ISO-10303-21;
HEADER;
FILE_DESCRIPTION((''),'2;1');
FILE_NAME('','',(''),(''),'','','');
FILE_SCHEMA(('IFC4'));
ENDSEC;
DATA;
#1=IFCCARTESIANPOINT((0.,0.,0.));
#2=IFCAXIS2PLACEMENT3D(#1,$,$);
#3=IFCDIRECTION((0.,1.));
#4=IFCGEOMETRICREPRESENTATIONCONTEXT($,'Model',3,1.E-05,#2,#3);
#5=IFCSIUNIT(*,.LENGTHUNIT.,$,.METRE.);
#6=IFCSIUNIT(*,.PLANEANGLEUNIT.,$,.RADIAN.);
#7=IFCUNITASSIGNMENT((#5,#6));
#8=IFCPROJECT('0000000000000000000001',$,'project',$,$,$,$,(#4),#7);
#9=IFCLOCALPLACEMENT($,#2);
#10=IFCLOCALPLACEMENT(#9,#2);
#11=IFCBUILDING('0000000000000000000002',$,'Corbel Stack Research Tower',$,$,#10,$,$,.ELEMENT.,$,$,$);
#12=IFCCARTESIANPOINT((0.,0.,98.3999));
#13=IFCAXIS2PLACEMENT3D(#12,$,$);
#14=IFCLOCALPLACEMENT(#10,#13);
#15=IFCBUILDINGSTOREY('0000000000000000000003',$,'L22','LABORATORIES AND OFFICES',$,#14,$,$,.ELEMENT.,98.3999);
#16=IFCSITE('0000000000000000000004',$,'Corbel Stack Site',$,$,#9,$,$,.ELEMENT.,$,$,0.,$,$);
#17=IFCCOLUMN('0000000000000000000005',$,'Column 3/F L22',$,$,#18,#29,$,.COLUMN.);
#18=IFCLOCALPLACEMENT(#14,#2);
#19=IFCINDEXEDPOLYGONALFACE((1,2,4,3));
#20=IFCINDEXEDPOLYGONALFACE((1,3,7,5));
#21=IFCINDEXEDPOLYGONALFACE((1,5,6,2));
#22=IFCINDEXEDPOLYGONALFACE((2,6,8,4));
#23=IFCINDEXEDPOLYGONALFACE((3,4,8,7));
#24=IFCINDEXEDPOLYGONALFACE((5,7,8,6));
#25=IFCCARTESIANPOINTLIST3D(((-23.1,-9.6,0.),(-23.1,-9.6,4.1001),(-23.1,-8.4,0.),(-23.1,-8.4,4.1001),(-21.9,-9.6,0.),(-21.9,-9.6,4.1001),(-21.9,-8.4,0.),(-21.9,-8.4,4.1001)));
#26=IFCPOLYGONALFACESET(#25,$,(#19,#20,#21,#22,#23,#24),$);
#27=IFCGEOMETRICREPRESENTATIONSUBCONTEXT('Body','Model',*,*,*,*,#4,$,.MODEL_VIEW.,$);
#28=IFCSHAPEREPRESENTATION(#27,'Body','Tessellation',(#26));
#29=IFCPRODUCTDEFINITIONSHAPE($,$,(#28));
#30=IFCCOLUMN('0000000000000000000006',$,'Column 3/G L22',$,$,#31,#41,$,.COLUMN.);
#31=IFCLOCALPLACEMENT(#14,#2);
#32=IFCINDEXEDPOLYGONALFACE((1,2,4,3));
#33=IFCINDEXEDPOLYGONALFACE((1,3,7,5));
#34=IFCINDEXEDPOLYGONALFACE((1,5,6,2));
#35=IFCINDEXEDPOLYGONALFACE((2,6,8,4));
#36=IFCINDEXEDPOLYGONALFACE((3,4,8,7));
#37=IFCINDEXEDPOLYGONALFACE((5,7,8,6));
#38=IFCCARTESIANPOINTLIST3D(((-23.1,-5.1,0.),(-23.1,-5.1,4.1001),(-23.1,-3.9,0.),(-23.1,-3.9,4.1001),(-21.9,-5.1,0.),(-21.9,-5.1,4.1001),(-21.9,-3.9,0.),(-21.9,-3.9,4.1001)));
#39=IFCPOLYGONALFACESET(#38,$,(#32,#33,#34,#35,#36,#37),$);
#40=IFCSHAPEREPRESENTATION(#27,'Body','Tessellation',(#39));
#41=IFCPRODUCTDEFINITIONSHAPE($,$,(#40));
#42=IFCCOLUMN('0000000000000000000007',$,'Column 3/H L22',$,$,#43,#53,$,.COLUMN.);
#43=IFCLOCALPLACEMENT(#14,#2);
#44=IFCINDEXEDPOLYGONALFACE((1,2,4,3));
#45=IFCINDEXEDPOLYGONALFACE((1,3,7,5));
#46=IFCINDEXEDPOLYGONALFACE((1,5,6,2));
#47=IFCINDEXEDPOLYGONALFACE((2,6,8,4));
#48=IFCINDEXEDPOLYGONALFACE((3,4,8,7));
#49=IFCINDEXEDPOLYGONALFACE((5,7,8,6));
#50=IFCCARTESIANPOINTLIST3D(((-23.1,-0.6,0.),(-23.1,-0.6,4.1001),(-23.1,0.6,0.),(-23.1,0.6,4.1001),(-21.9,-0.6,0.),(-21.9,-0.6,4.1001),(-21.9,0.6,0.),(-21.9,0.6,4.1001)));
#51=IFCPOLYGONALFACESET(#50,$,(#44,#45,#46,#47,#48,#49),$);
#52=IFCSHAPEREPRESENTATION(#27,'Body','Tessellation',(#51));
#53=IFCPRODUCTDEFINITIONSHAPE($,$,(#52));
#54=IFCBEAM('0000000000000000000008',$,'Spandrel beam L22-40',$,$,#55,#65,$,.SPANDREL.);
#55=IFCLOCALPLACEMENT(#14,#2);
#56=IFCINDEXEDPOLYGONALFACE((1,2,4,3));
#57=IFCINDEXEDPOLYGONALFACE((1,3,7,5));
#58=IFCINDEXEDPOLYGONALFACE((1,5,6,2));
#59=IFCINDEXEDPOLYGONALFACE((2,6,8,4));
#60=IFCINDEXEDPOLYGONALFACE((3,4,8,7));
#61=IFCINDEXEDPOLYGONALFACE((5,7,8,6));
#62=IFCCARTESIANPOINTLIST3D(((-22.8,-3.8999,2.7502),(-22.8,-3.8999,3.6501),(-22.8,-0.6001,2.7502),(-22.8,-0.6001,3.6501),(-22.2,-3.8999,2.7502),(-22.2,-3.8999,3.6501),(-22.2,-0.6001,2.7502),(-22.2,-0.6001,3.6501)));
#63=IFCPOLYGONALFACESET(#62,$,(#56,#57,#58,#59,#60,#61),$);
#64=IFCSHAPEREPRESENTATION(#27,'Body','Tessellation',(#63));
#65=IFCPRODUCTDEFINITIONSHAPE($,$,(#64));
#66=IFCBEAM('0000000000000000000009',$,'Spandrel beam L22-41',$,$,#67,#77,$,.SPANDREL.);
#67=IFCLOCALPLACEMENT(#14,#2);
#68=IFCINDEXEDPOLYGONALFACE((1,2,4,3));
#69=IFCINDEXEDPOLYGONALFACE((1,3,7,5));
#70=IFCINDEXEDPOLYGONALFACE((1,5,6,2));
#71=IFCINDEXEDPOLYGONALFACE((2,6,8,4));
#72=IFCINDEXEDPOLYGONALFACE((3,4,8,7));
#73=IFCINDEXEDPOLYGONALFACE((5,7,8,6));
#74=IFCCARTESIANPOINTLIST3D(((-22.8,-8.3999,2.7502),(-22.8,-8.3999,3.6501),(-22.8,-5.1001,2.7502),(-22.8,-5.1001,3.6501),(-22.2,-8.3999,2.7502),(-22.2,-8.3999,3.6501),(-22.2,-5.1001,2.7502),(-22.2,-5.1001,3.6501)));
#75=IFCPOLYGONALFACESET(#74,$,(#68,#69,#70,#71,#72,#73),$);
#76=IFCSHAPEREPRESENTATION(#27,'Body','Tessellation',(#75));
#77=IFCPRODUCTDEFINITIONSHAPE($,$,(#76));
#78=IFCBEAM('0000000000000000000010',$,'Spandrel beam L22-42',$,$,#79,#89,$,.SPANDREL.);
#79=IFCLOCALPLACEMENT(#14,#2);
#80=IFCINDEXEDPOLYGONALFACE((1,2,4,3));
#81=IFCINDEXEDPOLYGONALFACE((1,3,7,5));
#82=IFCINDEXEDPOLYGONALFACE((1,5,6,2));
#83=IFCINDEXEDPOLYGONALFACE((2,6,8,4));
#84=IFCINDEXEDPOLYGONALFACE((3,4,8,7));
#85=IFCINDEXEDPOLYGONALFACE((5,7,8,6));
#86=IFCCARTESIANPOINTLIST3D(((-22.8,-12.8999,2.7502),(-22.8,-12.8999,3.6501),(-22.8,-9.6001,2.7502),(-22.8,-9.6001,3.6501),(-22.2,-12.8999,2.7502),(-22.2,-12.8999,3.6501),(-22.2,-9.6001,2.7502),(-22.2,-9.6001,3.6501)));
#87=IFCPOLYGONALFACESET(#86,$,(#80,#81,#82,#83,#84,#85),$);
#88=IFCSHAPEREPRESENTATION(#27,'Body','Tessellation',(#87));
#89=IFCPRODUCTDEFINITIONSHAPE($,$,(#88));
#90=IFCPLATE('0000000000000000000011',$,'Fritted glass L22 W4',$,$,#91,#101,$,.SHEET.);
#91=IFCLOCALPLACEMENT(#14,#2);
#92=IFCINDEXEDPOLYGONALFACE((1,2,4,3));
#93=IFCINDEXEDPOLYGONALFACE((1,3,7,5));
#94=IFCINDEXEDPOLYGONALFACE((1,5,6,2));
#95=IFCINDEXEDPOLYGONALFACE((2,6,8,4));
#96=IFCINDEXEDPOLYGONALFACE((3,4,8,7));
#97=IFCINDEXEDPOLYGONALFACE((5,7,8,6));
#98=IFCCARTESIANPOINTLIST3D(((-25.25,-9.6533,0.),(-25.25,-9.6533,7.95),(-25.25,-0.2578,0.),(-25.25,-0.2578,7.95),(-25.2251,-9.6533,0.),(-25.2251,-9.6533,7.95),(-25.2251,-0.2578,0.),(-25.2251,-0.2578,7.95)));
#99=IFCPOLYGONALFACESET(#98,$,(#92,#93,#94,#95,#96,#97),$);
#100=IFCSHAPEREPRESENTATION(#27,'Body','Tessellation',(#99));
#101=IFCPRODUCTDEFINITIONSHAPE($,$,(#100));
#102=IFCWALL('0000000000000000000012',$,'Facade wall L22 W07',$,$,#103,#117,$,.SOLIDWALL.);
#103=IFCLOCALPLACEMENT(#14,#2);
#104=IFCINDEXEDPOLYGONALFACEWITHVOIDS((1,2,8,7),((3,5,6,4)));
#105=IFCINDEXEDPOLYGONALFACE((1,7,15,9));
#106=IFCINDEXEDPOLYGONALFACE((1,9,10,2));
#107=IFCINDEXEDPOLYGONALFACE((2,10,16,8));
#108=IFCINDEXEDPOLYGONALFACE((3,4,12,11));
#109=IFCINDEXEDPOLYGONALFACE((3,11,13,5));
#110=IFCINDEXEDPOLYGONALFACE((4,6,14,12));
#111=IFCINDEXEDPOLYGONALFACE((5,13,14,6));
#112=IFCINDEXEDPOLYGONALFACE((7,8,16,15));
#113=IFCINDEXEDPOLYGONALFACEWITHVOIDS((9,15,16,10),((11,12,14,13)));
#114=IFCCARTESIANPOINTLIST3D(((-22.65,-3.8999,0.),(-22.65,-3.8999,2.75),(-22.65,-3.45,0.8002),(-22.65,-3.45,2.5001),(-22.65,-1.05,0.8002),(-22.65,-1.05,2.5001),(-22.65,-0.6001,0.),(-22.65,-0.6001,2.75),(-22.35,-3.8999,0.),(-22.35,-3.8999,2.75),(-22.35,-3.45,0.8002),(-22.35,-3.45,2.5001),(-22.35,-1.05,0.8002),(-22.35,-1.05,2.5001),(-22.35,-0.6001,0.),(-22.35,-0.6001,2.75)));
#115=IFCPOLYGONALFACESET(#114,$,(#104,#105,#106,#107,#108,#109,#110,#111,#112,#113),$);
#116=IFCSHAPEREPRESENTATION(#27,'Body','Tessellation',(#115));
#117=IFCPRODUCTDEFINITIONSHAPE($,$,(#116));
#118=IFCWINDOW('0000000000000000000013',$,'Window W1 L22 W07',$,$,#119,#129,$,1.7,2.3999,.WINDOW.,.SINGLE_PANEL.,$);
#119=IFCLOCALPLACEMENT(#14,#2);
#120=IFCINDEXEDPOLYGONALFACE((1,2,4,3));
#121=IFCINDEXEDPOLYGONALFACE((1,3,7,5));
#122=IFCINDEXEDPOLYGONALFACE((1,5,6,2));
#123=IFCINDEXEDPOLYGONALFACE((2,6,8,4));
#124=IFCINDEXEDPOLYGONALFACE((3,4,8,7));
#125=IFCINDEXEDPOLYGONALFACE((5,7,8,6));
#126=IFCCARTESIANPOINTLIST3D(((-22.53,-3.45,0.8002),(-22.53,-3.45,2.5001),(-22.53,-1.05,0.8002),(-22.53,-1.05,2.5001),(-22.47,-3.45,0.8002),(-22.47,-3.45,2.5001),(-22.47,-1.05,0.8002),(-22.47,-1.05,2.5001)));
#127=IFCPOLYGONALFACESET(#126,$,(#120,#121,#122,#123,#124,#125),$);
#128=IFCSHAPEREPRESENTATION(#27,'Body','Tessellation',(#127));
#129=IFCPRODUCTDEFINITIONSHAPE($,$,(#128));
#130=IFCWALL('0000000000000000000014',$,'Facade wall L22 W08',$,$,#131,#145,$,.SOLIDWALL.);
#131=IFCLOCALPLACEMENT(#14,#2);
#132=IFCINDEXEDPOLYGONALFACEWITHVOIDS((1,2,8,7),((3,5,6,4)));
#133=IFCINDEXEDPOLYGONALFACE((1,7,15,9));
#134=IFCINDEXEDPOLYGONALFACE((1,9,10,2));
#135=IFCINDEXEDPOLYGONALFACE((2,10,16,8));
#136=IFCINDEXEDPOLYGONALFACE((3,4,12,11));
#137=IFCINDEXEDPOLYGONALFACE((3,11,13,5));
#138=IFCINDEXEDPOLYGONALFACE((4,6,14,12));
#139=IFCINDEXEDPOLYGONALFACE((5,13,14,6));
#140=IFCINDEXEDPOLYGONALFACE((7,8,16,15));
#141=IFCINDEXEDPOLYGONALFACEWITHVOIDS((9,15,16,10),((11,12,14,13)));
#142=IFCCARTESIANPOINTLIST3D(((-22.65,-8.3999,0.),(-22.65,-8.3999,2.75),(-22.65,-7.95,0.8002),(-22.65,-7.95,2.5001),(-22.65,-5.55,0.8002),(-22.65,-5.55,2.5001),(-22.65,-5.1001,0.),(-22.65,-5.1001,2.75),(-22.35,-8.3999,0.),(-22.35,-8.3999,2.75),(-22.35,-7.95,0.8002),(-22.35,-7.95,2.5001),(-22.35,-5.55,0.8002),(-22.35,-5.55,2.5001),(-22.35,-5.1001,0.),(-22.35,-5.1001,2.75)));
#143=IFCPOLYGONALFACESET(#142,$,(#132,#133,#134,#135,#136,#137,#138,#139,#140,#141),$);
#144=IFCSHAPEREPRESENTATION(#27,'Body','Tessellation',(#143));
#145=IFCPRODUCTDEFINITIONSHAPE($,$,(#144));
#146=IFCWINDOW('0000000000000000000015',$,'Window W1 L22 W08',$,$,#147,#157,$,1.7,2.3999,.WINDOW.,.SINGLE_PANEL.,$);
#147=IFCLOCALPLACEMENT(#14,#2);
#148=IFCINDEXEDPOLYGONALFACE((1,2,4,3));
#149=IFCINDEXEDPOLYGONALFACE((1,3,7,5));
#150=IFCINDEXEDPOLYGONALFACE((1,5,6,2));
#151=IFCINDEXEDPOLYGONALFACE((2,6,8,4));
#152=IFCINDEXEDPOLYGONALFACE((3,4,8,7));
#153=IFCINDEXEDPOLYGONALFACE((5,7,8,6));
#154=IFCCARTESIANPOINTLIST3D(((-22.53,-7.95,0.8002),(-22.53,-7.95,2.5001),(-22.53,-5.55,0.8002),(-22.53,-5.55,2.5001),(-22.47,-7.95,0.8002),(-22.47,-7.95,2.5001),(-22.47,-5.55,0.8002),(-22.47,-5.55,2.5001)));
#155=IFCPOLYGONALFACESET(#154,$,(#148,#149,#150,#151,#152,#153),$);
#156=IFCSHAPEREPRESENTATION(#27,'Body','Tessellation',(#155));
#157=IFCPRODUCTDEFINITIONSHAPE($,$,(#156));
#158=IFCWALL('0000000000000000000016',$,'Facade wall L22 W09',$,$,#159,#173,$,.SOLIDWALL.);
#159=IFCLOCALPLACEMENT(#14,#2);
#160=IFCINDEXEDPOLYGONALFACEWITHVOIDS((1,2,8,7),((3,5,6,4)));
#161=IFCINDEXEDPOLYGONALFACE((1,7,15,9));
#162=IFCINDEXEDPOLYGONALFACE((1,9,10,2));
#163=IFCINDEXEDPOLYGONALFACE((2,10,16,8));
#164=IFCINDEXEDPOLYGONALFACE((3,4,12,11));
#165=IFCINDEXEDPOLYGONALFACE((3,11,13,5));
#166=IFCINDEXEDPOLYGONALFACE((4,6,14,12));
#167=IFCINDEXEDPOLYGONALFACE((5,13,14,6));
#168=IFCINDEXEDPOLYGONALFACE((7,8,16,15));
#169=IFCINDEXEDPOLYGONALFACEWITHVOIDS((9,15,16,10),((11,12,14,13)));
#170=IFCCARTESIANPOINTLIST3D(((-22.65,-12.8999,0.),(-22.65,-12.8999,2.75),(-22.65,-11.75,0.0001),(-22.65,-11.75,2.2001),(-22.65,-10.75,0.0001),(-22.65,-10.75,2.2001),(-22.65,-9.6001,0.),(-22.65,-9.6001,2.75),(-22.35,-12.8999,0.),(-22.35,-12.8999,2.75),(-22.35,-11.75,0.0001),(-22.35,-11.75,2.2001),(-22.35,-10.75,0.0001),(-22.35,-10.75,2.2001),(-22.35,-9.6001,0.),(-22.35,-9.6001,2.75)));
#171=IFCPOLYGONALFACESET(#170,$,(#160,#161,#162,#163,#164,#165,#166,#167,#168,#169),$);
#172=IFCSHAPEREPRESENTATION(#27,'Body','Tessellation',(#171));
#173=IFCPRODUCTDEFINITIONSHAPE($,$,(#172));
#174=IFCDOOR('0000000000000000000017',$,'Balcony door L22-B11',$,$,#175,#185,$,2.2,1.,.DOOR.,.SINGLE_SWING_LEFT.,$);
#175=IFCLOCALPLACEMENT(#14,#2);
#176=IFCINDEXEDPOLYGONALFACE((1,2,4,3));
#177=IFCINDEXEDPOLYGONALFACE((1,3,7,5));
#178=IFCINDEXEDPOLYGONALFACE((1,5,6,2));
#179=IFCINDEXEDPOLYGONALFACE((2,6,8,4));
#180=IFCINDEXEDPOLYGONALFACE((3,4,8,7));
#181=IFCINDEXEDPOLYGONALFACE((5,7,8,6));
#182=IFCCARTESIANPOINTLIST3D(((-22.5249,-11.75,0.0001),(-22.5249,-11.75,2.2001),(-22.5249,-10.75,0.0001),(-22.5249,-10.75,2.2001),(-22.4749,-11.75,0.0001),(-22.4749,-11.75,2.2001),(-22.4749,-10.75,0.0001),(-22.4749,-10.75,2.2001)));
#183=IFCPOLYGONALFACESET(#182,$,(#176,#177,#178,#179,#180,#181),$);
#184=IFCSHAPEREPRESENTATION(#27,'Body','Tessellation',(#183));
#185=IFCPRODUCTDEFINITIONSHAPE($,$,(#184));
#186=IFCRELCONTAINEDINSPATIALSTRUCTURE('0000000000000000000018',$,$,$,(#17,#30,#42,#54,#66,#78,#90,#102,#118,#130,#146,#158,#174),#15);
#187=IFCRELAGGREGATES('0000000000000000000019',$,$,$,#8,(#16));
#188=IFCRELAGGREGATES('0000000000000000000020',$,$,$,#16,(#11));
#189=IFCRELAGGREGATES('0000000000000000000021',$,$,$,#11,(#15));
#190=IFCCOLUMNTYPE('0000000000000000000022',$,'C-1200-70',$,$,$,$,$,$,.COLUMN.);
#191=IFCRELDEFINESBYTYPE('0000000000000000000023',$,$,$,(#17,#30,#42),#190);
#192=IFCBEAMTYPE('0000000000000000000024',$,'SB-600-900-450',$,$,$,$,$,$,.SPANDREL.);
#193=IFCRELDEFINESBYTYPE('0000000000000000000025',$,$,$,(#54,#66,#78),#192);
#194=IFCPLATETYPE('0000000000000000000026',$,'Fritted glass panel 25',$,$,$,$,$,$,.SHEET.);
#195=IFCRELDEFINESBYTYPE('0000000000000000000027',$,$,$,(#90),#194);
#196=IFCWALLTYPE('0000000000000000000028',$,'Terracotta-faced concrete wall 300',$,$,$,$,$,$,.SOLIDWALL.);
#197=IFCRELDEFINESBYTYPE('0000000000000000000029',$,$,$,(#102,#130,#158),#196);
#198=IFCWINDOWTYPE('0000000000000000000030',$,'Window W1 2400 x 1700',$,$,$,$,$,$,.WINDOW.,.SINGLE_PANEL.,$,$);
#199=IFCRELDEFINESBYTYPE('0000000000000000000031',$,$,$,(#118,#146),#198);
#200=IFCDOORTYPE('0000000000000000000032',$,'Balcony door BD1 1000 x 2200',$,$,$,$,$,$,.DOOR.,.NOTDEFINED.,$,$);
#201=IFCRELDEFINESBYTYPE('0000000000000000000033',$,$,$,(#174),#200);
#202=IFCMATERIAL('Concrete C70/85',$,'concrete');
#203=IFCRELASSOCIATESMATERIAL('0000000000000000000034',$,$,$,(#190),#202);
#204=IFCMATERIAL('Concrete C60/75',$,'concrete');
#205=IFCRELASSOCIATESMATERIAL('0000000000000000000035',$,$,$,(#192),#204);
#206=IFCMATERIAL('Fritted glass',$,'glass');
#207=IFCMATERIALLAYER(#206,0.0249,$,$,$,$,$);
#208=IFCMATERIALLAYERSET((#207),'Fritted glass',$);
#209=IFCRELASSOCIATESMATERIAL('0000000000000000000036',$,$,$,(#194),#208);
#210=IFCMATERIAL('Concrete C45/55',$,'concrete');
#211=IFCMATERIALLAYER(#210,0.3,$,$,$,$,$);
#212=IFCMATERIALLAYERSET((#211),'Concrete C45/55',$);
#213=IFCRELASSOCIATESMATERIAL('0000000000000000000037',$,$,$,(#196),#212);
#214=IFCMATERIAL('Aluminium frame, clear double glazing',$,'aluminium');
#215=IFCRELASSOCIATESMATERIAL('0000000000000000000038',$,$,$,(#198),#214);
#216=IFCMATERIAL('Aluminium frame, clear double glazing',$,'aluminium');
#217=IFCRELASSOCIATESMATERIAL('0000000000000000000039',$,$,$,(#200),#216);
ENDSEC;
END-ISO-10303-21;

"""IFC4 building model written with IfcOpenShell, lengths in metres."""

from ifc_helpers import new_model, si_unit, direction, frame, frame_2d, origin, origin_2d, place, context, subcontext, project, spatial, rectangle, extrude, material, layer, layer_set, material_profile, profile_set, type_object, element, fill, save


model = new_model("IFC4")

# Units and contexts
model_context = context("Model", 3, precision=1e-05, world=origin(), true_north=direction((0.0, 1.0)))
body_context = subcontext(model_context, "Body", "Model", "MODEL_VIEW")
ifc_project = project(units=[si_unit("LENGTHUNIT", "METRE"), si_unit("PLANEANGLEUNIT", "RADIAN")], contexts=[model_context])

# Site, building, storey
site_placement = place(None, origin())
site = spatial("IfcSite", under=ifc_project, at=site_placement, Name="Corbel Stack Site", CompositionType="ELEMENT", RefElevation=0.0)
building_placement = place(site_placement, origin())
building = spatial("IfcBuilding", under=site, at=building_placement, Name="Corbel Stack Research Tower", CompositionType="ELEMENT")
storey_placement = place(building_placement, frame((0.0, 0.0, 98.3999)))
storey = spatial("IfcBuildingStorey", under=building, at=storey_placement, Name="L22", Description="LABORATORIES AND OFFICES", CompositionType="ELEMENT", Elevation=98.3999)

# Columns
ifc_material_1 = material(Name="Concrete C70/85", Category="concrete")
ifc_material_profile_1 = material_profile(ifc_material_1, rectangle(XDim=1.2, YDim=1.2, at=origin_2d()), Name="RC 1200 x 1200")
ifc_profile_set_1 = profile_set([ifc_material_profile_1], Name="Concrete C70/85")
column_type = type_object("IfcColumnType", Name="C-1200-70", PredefinedType="COLUMN", material=ifc_profile_set_1)
for number, where, z_axis, x_axis, name in (
    (1, (-22.5, -9.0, 0.0), (0.0, 0.0, 1.0), (1.0, 0.0, 0.0), "Column 3/F L22"),
    (2, (-22.5, -4.5, 0.0), (0.0, 0.0, 1.0), (1.0, 0.0, 0.0), "Column 3/G L22"),
    (3, (-22.5, 0.0, 0.0), (0.0, 0.0, 1.0), (1.0, 0.0, 0.0), "Column 3/H L22"),
):
    element("IfcColumn", number, at=place(storey_placement, frame(where, z_axis=z_axis, x_axis=x_axis)), inside=storey, type_object=column_type, Name=name, PredefinedType="COLUMN", context=body_context, shape_type="SweptSolid", body=[
        extrude(rectangle(XDim=1.2, YDim=1.2, at=origin_2d()), origin(), (0.0, 0.0, 1.0), 4.1001),
    ])

# Beams
ifc_material_2 = material(Name="Concrete C60/75", Category="concrete")
ifc_material_profile_2 = material_profile(ifc_material_2, rectangle(XDim=0.6001, YDim=0.8999, at=origin_2d()), Name="RC 600 x 900")
ifc_profile_set_2 = profile_set([ifc_material_profile_2], Name="Concrete C60/75")
beam_type = type_object("IfcBeamType", Name="SB-600-900-450", PredefinedType="SPANDREL", material=ifc_profile_set_2)
for number, where, z_axis, x_axis, name in (
    (4, (-22.5, -0.6001, 3.2002), (0.0, -1.0, 0.0), (1.0, 0.0, 0.0), "Spandrel beam L22-40"),
    (5, (-22.5, -5.1001, 3.2002), (0.0, -1.0, 0.0), (1.0, 0.0, 0.0), "Spandrel beam L22-41"),
    (6, (-22.5, -9.6001, 3.2002), (0.0, -1.0, 0.0), (1.0, 0.0, 0.0), "Spandrel beam L22-42"),
):
    element("IfcBeam", number, at=place(storey_placement, frame(where, z_axis=z_axis, x_axis=x_axis)), inside=storey, type_object=beam_type, Name=name, PredefinedType="SPANDREL", context=body_context, shape_type="SweptSolid", body=[
        extrude(rectangle(XDim=0.6001, YDim=0.8999, at=origin_2d()), origin(), (0.0, 0.0, 1.0), 3.2998),
    ])

# Plate
ifc_material_3 = material(Name="Fritted glass", Category="glass")
ifc_layer_1 = layer(ifc_material_3, 0.0249)
ifc_layer_set_1 = layer_set([ifc_layer_1], Name="Fritted glass")
plate_type = type_object("IfcPlateType", Name="Fritted glass panel 25", PredefinedType="SHEET", material=ifc_layer_set_1)
plate_placement = place(storey_placement, frame((-25.2375, -4.9556, 0.0), z_axis=(0.0, 0.0, 1.0), x_axis=(0.0, -1.0, 0.0)))
element("IfcPlate", 7, at=plate_placement, inside=storey, type_object=plate_type, Name="Fritted glass L22 W4", PredefinedType="SHEET", context=body_context, shape_type="SweptSolid", body=[
    extrude(rectangle(XDim=9.3955, YDim=0.0249, at=origin_2d()), origin(), (0.0, 0.0, 1.0), 7.95),
])

# Walls, openings, windows
ifc_material_4 = material(Name="Concrete C45/55", Category="concrete")
ifc_layer_2 = layer(ifc_material_4, 0.3)
ifc_layer_set_2 = layer_set([ifc_layer_2], Name="Concrete C45/55")
wall_type = type_object("IfcWallType", Name="Terracotta-faced concrete wall 300", PredefinedType="SOLIDWALL", material=ifc_layer_set_2)
wall_1_placement = place(storey_placement, frame((-22.5, -3.8999, 0.0), z_axis=(0.0, 0.0, 1.0), x_axis=(0.0, 1.0, 0.0)))
wall_1 = element("IfcWall", 8, at=wall_1_placement, inside=storey, type_object=wall_type, Name="Facade wall L22 W07", PredefinedType="SOLIDWALL", context=body_context, shape_type="SweptSolid", body=[
    extrude(rectangle(XDim=3.2998, YDim=0.3, at=frame_2d((1.6499, 0.0))), origin(), (0.0, 0.0, 1.0), 2.75),
])
opening_1_placement = place(wall_1_placement, frame((0.45, 0.0, 0.8)))
opening_1 = element("IfcOpeningElement", 9, at=opening_1_placement, cuts=wall_1, PredefinedType="OPENING", context=body_context, shape_type="SweptSolid", body=[
    extrude(rectangle(XDim=2.3999, YDim=1.7, at=frame_2d((1.2, 0.8501))), frame((0.0, 0.1599, 0.0), z_axis=(0.0, -1.0, 0.0), x_axis=(1.0, 0.0, 0.0)), (0.0, 0.0, 1.0), 0.3201),
])
ifc_material_5 = material(Name="Aluminium frame, clear double glazing", Category="aluminium")
window_type = type_object("IfcWindowType", Name="Window W1 2400 x 1700", PartitioningType="SINGLE_PANEL", PredefinedType="WINDOW", material=ifc_material_5)
window_1_placement = place(opening_1_placement, origin())
window_1 = element("IfcWindow", 10, at=window_1_placement, inside=storey, type_object=window_type, Name="Window W1 L22 W07", OverallHeight=1.7, OverallWidth=2.3999, PartitioningType="SINGLE_PANEL", PredefinedType="WINDOW", context=body_context, shape_type="SweptSolid", body=[
    extrude(rectangle(XDim=2.3999, YDim=1.7, at=frame_2d((1.2, 0.8501))), frame((0.0, 0.03, 0.0), z_axis=(0.0, -1.0, 0.0), x_axis=(1.0, 0.0, 0.0)), (0.0, 0.0, 1.0), 0.0601),
])
fill(opening_1, window_1)
wall_2_placement = place(storey_placement, frame((-22.5, -8.3999, 0.0), z_axis=(0.0, 0.0, 1.0), x_axis=(0.0, 1.0, 0.0)))
wall_2 = element("IfcWall", 11, at=wall_2_placement, inside=storey, type_object=wall_type, Name="Facade wall L22 W08", PredefinedType="SOLIDWALL", context=body_context, shape_type="SweptSolid", body=[
    extrude(rectangle(XDim=3.2998, YDim=0.3, at=frame_2d((1.6499, 0.0))), origin(), (0.0, 0.0, 1.0), 2.75),
])
opening_2_placement = place(wall_2_placement, frame((0.45, 0.0, 0.8)))
opening_2 = element("IfcOpeningElement", 12, at=opening_2_placement, cuts=wall_2, PredefinedType="OPENING", context=body_context, shape_type="SweptSolid", body=[
    extrude(rectangle(XDim=2.3999, YDim=1.7, at=frame_2d((1.2, 0.8501))), frame((0.0, 0.1599, 0.0), z_axis=(0.0, -1.0, 0.0), x_axis=(1.0, 0.0, 0.0)), (0.0, 0.0, 1.0), 0.3201),
])
window_2_placement = place(opening_2_placement, origin())
window_2 = element("IfcWindow", 13, at=window_2_placement, inside=storey, type_object=window_type, Name="Window W1 L22 W08", OverallHeight=1.7, OverallWidth=2.3999, PartitioningType="SINGLE_PANEL", PredefinedType="WINDOW", context=body_context, shape_type="SweptSolid", body=[
    extrude(rectangle(XDim=2.3999, YDim=1.7, at=frame_2d((1.2, 0.8501))), frame((0.0, 0.03, 0.0), z_axis=(0.0, -1.0, 0.0), x_axis=(1.0, 0.0, 0.0)), (0.0, 0.0, 1.0), 0.0601),
])
fill(opening_2, window_2)

# Wall, opening, door
wall_3_placement = place(storey_placement, frame((-22.5, -12.8999, 0.0), z_axis=(0.0, 0.0, 1.0), x_axis=(0.0, 1.0, 0.0)))
wall_3 = element("IfcWall", 14, at=wall_3_placement, inside=storey, type_object=wall_type, Name="Facade wall L22 W09", PredefinedType="SOLIDWALL", context=body_context, shape_type="SweptSolid", body=[
    extrude(rectangle(XDim=3.2998, YDim=0.3, at=frame_2d((1.6499, 0.0))), origin(), (0.0, 0.0, 1.0), 2.75),
])
opening_3_placement = place(wall_3_placement, frame((1.1499, 0.0, 0.0)))
opening_3 = element("IfcOpeningElement", 15, at=opening_3_placement, cuts=wall_3, PredefinedType="OPENING", context=body_context, shape_type="SweptSolid", body=[
    extrude(rectangle(XDim=1.0, YDim=2.2, at=frame_2d((0.5, 1.1001))), frame((0.0, 0.1599, 0.0), z_axis=(0.0, -1.0, 0.0), x_axis=(1.0, 0.0, 0.0)), (0.0, 0.0, 1.0), 0.3201),
])
ifc_material_6 = material(Name="Aluminium frame, clear double glazing", Category="aluminium")
door_type = type_object("IfcDoorType", Name="Balcony door BD1 1000 x 2200", OperationType="NOTDEFINED", PredefinedType="DOOR", material=ifc_material_6)
door_placement = place(opening_3_placement, origin())
door = element("IfcDoor", 16, at=door_placement, inside=storey, type_object=door_type, Name="Balcony door L22-B11", OperationType="SINGLE_SWING_LEFT", OverallHeight=2.2, OverallWidth=1.0, PredefinedType="DOOR", context=body_context, shape_type="SweptSolid", body=[
    extrude(rectangle(XDim=1.0, YDim=2.2, at=frame_2d((0.5, 1.1001))), frame((0.0, 0.0249, 0.0), z_axis=(0.0, -1.0, 0.0), x_axis=(1.0, 0.0, 0.0)), (0.0, 0.0, 1.0), 0.05),
])
fill(opening_3, door)

save(model, "model.ifc")
